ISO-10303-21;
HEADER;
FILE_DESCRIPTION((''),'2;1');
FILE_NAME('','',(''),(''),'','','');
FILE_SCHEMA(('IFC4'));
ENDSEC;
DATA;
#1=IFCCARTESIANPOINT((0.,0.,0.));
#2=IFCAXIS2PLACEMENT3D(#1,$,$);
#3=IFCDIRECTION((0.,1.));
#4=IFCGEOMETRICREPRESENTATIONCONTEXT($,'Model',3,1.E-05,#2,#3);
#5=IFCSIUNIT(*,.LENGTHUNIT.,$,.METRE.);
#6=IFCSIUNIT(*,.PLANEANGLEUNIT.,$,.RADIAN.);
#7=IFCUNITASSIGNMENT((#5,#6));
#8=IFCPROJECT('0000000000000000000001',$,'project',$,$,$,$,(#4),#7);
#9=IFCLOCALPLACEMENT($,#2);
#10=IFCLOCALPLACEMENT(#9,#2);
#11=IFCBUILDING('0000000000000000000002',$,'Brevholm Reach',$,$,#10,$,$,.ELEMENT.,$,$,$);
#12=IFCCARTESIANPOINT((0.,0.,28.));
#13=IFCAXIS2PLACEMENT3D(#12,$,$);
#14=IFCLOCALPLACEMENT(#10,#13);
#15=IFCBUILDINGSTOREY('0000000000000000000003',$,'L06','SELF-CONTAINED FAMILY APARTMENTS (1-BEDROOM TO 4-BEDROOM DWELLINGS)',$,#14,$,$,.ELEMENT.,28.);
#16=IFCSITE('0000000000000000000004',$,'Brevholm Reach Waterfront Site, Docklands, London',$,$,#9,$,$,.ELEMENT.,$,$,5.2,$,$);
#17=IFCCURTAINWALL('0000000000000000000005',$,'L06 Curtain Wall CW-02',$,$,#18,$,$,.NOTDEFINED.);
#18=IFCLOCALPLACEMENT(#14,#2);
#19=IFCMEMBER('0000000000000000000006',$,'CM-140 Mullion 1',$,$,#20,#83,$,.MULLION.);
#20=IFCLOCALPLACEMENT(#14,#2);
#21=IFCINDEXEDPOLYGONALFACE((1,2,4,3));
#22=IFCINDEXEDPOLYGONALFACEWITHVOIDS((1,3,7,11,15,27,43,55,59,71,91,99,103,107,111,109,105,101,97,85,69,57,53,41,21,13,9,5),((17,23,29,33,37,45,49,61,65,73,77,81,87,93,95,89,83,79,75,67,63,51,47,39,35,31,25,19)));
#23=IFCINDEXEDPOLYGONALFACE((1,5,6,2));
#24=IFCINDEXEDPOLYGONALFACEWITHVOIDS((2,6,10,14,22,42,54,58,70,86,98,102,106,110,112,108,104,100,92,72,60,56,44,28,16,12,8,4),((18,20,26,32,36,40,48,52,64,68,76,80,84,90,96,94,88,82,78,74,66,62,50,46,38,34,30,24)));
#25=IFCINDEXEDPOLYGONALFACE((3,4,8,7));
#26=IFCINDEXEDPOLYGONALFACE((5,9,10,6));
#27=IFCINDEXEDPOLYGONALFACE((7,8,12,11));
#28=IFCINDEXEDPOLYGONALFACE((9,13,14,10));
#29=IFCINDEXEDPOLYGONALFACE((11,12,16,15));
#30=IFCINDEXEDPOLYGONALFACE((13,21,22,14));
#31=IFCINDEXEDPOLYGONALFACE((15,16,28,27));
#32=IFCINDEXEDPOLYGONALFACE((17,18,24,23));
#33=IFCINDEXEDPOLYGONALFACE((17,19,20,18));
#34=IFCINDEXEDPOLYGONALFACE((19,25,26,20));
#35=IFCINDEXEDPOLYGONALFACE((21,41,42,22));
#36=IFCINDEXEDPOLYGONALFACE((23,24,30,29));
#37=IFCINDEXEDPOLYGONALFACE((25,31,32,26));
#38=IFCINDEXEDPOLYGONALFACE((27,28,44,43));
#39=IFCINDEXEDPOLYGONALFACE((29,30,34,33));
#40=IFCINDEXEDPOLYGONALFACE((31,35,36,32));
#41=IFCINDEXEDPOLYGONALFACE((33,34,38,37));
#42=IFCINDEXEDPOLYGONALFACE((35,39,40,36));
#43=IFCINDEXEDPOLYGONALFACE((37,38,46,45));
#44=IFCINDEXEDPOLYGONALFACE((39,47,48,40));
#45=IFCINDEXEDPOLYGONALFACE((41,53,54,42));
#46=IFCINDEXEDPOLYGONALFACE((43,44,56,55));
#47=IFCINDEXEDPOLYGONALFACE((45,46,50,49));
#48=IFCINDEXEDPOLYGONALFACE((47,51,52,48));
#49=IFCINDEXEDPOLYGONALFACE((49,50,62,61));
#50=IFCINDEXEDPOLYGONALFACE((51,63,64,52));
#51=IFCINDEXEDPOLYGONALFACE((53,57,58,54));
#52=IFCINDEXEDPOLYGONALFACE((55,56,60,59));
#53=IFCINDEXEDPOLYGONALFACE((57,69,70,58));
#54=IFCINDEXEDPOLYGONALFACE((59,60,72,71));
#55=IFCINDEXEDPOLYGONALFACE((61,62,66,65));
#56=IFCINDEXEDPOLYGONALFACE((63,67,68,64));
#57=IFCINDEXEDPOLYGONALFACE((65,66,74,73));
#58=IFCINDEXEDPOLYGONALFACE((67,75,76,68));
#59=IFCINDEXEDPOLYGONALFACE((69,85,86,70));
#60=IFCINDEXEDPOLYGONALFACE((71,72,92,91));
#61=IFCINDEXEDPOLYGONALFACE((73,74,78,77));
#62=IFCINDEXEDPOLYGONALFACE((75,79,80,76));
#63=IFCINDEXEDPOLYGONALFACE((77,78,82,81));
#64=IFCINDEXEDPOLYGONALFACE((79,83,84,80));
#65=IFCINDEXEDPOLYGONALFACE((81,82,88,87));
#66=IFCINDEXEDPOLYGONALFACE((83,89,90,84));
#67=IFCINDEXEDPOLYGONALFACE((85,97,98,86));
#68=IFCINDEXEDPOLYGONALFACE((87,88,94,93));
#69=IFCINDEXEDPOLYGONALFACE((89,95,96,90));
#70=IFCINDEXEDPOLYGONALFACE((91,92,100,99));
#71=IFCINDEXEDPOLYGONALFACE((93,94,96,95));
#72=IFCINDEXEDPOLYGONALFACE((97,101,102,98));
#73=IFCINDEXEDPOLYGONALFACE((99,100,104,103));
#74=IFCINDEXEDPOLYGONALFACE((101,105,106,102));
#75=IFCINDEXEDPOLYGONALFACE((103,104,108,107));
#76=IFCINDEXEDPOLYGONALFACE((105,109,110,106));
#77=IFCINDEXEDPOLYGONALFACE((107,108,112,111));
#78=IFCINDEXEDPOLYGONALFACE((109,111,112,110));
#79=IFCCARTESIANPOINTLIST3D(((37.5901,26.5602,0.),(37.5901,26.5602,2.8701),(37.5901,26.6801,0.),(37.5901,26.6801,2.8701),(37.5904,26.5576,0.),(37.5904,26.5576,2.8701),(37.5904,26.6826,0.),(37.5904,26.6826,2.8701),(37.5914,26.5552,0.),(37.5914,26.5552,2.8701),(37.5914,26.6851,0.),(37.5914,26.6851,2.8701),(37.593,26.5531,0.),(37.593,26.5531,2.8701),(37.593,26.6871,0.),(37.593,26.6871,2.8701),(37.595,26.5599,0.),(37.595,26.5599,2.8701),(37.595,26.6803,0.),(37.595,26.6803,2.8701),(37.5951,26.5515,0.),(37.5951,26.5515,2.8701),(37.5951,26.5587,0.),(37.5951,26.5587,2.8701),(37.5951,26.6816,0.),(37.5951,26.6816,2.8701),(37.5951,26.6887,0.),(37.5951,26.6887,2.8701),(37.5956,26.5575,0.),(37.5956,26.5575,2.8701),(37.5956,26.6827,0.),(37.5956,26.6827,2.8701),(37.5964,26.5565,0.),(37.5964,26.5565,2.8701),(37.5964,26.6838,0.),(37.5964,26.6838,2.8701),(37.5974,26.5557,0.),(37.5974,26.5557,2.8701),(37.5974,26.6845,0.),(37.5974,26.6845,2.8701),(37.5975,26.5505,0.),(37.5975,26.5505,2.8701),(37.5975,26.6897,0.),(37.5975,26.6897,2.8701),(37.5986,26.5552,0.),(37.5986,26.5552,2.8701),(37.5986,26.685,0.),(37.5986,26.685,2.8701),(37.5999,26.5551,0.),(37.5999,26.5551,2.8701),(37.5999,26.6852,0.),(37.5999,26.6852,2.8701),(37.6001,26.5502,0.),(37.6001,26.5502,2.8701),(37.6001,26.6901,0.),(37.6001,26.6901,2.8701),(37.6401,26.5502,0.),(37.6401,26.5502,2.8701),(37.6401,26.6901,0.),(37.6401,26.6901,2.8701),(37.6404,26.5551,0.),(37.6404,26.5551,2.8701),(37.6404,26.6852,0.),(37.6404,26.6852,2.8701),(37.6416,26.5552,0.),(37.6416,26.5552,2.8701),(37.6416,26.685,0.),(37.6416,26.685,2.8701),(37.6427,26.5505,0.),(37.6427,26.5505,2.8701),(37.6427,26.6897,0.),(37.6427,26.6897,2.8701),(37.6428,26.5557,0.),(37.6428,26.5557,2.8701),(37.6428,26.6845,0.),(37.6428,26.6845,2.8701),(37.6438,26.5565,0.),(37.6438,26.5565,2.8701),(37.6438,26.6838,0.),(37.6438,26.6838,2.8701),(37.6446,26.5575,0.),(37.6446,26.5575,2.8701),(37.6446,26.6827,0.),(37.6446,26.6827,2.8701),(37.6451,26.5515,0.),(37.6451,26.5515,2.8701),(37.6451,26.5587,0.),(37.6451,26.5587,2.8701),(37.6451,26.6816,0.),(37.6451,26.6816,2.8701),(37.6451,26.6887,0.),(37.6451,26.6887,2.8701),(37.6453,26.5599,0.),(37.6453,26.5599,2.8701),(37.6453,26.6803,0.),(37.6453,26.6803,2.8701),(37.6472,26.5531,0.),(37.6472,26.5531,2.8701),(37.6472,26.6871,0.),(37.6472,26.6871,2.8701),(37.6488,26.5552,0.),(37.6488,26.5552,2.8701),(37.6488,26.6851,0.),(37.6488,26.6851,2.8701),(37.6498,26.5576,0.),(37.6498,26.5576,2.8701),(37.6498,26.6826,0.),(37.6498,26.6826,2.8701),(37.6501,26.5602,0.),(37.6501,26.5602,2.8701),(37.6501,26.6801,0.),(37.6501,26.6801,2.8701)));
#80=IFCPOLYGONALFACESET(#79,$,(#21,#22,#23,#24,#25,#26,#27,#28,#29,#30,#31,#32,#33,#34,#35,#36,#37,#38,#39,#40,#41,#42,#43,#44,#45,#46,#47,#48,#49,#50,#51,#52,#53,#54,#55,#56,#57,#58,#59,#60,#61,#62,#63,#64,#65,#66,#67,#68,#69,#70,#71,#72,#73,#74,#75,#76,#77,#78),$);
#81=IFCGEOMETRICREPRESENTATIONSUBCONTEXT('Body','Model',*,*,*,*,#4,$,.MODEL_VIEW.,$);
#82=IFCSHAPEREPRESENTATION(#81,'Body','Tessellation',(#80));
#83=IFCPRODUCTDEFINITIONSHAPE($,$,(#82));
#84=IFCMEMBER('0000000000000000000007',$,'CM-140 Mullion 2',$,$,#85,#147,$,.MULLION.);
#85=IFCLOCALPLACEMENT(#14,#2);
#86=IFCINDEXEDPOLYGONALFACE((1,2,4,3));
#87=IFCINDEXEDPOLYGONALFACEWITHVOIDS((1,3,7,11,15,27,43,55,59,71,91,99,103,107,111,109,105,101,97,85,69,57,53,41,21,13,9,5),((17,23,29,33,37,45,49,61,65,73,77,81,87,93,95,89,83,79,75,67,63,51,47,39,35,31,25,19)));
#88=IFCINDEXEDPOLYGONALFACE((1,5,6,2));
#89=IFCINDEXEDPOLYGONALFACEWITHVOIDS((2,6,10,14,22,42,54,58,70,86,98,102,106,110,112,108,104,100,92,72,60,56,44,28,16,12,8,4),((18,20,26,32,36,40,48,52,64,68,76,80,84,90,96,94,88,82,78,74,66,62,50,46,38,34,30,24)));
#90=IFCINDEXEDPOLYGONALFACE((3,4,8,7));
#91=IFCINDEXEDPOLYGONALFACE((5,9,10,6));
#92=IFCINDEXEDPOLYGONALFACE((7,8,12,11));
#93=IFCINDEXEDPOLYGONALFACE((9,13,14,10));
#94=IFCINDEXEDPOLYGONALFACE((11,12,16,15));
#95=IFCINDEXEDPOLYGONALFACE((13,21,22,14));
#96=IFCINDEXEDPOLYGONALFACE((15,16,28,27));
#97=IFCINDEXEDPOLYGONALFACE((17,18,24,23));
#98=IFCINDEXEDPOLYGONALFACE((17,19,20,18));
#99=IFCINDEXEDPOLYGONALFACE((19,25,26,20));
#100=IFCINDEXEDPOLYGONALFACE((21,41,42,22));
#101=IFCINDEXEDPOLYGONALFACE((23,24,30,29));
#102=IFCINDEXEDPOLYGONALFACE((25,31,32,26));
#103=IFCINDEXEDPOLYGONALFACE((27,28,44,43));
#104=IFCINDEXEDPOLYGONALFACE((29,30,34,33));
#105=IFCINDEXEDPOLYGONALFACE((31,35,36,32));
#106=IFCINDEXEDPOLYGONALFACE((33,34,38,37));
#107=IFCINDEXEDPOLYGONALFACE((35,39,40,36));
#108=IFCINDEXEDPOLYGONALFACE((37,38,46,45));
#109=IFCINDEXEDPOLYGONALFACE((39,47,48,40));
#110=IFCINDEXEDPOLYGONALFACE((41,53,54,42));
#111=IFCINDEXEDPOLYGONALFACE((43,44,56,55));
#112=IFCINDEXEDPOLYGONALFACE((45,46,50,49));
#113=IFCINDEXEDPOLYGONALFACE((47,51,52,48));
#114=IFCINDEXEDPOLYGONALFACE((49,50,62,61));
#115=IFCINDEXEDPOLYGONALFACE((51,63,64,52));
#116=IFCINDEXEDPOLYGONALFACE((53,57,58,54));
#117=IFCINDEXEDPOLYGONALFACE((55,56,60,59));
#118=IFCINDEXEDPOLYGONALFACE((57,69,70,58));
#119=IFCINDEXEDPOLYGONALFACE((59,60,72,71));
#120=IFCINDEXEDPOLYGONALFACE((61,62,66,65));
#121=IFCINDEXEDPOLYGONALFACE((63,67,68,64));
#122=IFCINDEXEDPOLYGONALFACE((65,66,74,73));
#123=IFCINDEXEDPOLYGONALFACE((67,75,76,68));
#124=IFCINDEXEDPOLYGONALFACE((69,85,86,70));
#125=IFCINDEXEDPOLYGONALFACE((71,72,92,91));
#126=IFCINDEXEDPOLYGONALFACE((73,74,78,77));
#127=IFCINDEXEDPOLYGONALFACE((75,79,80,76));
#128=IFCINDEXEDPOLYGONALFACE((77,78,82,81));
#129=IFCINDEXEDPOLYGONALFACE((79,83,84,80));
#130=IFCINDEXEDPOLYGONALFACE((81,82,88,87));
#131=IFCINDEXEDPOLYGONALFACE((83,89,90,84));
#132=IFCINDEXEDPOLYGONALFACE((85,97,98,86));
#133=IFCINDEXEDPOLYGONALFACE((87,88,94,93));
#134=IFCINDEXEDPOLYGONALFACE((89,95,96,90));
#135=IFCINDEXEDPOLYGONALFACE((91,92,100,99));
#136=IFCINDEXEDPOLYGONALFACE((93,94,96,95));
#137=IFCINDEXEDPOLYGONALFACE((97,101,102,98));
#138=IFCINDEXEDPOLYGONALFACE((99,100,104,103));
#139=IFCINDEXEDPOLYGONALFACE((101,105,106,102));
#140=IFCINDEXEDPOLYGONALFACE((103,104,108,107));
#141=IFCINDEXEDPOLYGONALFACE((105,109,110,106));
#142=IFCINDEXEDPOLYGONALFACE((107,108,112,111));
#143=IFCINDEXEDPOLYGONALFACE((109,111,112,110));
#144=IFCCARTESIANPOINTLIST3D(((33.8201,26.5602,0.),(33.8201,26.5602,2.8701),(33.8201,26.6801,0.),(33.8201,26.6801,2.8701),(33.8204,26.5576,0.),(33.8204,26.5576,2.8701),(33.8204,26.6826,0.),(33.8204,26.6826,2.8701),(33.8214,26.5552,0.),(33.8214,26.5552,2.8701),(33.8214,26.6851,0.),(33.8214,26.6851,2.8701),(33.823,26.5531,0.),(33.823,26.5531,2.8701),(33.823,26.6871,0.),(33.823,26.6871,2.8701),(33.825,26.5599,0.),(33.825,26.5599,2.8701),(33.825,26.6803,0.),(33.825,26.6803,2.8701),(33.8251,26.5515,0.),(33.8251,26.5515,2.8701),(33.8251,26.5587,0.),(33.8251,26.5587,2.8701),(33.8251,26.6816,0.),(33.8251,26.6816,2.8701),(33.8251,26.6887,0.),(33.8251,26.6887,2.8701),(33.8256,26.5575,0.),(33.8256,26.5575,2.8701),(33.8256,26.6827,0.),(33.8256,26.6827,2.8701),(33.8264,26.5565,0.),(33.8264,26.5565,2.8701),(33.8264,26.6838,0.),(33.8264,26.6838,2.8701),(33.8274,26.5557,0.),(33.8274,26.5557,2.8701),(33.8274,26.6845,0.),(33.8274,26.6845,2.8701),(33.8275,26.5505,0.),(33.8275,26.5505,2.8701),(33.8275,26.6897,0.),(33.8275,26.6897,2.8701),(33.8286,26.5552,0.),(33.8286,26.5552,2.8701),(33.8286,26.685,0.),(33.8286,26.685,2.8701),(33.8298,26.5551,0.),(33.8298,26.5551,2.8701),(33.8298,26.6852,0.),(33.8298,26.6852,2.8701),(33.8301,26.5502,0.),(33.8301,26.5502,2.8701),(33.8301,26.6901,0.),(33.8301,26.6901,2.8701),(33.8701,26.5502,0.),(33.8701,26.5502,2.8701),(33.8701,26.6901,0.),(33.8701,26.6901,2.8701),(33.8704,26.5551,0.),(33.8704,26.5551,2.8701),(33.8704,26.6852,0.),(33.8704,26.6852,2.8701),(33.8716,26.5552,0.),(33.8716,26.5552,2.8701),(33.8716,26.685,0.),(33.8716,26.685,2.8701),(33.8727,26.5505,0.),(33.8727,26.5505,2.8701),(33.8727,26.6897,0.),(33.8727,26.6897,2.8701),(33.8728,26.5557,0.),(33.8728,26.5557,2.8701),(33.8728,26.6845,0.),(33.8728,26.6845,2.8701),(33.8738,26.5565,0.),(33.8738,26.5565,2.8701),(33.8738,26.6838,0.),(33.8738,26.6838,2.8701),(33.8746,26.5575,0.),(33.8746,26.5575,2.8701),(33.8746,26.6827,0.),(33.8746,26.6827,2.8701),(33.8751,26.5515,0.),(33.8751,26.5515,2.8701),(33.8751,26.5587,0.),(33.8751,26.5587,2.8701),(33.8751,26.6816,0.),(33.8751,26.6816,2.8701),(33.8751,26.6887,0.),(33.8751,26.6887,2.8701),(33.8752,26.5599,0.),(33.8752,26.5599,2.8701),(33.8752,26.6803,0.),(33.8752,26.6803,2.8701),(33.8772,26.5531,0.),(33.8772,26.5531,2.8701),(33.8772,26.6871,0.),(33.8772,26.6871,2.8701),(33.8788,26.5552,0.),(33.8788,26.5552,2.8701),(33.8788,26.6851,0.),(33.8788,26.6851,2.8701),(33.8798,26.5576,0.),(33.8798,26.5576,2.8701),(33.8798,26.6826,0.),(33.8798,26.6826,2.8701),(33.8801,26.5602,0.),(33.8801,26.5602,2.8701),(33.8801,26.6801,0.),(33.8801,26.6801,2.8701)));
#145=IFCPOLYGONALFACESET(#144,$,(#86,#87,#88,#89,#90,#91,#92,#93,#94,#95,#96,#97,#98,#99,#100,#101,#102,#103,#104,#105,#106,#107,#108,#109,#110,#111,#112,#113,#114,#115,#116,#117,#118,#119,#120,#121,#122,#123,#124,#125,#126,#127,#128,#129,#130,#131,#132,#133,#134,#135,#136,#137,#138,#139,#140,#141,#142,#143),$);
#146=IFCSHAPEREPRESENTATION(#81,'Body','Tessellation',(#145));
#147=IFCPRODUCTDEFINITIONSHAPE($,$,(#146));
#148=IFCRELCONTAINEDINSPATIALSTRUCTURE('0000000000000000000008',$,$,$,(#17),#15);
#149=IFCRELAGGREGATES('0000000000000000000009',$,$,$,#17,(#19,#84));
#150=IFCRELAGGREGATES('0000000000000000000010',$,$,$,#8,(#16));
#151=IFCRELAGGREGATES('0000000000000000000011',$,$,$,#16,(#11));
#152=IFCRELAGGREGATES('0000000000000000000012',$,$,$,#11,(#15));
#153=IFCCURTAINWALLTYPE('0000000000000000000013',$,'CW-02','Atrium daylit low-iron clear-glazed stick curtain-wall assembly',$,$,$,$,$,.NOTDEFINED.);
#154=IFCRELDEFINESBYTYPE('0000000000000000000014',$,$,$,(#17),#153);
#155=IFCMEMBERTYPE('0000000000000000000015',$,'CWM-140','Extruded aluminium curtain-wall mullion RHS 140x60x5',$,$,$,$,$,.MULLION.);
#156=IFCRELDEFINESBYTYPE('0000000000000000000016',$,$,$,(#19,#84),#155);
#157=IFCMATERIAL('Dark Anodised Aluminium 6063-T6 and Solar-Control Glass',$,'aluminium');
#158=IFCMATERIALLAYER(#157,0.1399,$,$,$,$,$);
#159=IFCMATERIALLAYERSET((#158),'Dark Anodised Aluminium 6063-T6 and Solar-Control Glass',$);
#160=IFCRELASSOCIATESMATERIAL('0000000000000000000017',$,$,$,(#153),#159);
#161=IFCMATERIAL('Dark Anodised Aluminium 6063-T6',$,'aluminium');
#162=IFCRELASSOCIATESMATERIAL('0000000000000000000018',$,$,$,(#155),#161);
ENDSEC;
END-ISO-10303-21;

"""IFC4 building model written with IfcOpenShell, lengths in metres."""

from ifc_helpers import new_model, si_unit, direction, frame, origin, origin_2d, place, context, subcontext, project, spatial, hollow_rectangle, extrude, material, layer, layer_set, material_profile, profile_set, type_object, element, aggregate, save


model = new_model("IFC4")

# Units and contexts
model_context = context("Model", 3, precision=1e-05, world=origin(), true_north=direction((0.0, 1.0)))
body_context = subcontext(model_context, "Body", "Model", "MODEL_VIEW")
ifc_project = project(units=[si_unit("LENGTHUNIT", "METRE"), si_unit("PLANEANGLEUNIT", "RADIAN")], contexts=[model_context])

# Site, building, storey
site_placement = place(None, origin())
site = spatial("IfcSite", under=ifc_project, at=site_placement, Name="Brevholm Reach Waterfront Site, Docklands, London", CompositionType="ELEMENT", RefElevation=5.2)
building_placement = place(site_placement, origin())
building = spatial("IfcBuilding", under=site, at=building_placement, Name="Brevholm Reach", CompositionType="ELEMENT")
storey_placement = place(building_placement, frame((0.0, 0.0, 28.0)))
storey = spatial("IfcBuildingStorey", under=building, at=storey_placement, Name="L06", Description="SELF-CONTAINED FAMILY APARTMENTS (1-BEDROOM TO 4-BEDROOM DWELLINGS)", CompositionType="ELEMENT", Elevation=28.0)

# Curtain wall, members
ifc_material_1 = material(Name="Dark Anodised Aluminium 6063-T6 and Solar-Control Glass", Category="aluminium")
ifc_layer_1 = layer(ifc_material_1, 0.1399)
ifc_layer_set_1 = layer_set([ifc_layer_1], Name="Dark Anodised Aluminium 6063-T6 and Solar-Control Glass")
curtain_wall_type = type_object("IfcCurtainWallType", Name="CW-02", Description="Atrium daylit low-iron clear-glazed stick curtain-wall assembly", PredefinedType="NOTDEFINED", material=ifc_layer_set_1)
curtain_wall_placement = place(storey_placement, origin())
curtain_wall = element("IfcCurtainWall", 1, at=curtain_wall_placement, inside=storey, type_object=curtain_wall_type, Name="L06 Curtain Wall CW-02", PredefinedType="NOTDEFINED")
ifc_material_2 = material(Name="Dark Anodised Aluminium 6063-T6", Category="aluminium")
ifc_material_profile_1 = material_profile(ifc_material_2, hollow_rectangle(XDim=0.0601, YDim=0.1399, WallThickness=0.0049, InnerFilletRadius=0.0049, OuterFilletRadius=0.01, at=origin_2d()), Name="RHS 140x60x5")
ifc_profile_set_1 = profile_set([ifc_material_profile_1], Name="Dark Anodised Aluminium 6063-T6")
member_type_1 = type_object("IfcMemberType", Name="CWM-140", Description="Extruded aluminium curtain-wall mullion RHS 140x60x5", PredefinedType="MULLION", material=ifc_profile_set_1)
member_1_placement = place(storey_placement, frame((37.6201, 26.6201, 0.0), z_axis=(0.0, 0.0, 1.0), x_axis=(-1.0, 0.0, 0.0)))
member_1 = element("IfcMember", 2, at=member_1_placement, type_object=member_type_1, Name="CM-140 Mullion 1", PredefinedType="MULLION", context=body_context, shape_type="SweptSolid", body=[
    extrude(hollow_rectangle(XDim=0.0601, YDim=0.1399, WallThickness=0.0049, InnerFilletRadius=0.0049, OuterFilletRadius=0.01, at=origin_2d()), origin(), (0.0, 0.0, 1.0), 2.8701),
])
member_2_placement = place(storey_placement, frame((33.8501, 26.6201, 0.0), z_axis=(0.0, 0.0, 1.0), x_axis=(-1.0, 0.0, 0.0)))
member_2 = element("IfcMember", 3, at=member_2_placement, type_object=member_type_1, Name="CM-140 Mullion 2", PredefinedType="MULLION", context=body_context, shape_type="SweptSolid", body=[
    extrude(hollow_rectangle(XDim=0.0601, YDim=0.1399, WallThickness=0.0049, InnerFilletRadius=0.0049, OuterFilletRadius=0.01, at=origin_2d()), origin(), (0.0, 0.0, 1.0), 2.8701),
])
aggregate(curtain_wall, [member_1, member_2])

save(model, "model.ifc")
